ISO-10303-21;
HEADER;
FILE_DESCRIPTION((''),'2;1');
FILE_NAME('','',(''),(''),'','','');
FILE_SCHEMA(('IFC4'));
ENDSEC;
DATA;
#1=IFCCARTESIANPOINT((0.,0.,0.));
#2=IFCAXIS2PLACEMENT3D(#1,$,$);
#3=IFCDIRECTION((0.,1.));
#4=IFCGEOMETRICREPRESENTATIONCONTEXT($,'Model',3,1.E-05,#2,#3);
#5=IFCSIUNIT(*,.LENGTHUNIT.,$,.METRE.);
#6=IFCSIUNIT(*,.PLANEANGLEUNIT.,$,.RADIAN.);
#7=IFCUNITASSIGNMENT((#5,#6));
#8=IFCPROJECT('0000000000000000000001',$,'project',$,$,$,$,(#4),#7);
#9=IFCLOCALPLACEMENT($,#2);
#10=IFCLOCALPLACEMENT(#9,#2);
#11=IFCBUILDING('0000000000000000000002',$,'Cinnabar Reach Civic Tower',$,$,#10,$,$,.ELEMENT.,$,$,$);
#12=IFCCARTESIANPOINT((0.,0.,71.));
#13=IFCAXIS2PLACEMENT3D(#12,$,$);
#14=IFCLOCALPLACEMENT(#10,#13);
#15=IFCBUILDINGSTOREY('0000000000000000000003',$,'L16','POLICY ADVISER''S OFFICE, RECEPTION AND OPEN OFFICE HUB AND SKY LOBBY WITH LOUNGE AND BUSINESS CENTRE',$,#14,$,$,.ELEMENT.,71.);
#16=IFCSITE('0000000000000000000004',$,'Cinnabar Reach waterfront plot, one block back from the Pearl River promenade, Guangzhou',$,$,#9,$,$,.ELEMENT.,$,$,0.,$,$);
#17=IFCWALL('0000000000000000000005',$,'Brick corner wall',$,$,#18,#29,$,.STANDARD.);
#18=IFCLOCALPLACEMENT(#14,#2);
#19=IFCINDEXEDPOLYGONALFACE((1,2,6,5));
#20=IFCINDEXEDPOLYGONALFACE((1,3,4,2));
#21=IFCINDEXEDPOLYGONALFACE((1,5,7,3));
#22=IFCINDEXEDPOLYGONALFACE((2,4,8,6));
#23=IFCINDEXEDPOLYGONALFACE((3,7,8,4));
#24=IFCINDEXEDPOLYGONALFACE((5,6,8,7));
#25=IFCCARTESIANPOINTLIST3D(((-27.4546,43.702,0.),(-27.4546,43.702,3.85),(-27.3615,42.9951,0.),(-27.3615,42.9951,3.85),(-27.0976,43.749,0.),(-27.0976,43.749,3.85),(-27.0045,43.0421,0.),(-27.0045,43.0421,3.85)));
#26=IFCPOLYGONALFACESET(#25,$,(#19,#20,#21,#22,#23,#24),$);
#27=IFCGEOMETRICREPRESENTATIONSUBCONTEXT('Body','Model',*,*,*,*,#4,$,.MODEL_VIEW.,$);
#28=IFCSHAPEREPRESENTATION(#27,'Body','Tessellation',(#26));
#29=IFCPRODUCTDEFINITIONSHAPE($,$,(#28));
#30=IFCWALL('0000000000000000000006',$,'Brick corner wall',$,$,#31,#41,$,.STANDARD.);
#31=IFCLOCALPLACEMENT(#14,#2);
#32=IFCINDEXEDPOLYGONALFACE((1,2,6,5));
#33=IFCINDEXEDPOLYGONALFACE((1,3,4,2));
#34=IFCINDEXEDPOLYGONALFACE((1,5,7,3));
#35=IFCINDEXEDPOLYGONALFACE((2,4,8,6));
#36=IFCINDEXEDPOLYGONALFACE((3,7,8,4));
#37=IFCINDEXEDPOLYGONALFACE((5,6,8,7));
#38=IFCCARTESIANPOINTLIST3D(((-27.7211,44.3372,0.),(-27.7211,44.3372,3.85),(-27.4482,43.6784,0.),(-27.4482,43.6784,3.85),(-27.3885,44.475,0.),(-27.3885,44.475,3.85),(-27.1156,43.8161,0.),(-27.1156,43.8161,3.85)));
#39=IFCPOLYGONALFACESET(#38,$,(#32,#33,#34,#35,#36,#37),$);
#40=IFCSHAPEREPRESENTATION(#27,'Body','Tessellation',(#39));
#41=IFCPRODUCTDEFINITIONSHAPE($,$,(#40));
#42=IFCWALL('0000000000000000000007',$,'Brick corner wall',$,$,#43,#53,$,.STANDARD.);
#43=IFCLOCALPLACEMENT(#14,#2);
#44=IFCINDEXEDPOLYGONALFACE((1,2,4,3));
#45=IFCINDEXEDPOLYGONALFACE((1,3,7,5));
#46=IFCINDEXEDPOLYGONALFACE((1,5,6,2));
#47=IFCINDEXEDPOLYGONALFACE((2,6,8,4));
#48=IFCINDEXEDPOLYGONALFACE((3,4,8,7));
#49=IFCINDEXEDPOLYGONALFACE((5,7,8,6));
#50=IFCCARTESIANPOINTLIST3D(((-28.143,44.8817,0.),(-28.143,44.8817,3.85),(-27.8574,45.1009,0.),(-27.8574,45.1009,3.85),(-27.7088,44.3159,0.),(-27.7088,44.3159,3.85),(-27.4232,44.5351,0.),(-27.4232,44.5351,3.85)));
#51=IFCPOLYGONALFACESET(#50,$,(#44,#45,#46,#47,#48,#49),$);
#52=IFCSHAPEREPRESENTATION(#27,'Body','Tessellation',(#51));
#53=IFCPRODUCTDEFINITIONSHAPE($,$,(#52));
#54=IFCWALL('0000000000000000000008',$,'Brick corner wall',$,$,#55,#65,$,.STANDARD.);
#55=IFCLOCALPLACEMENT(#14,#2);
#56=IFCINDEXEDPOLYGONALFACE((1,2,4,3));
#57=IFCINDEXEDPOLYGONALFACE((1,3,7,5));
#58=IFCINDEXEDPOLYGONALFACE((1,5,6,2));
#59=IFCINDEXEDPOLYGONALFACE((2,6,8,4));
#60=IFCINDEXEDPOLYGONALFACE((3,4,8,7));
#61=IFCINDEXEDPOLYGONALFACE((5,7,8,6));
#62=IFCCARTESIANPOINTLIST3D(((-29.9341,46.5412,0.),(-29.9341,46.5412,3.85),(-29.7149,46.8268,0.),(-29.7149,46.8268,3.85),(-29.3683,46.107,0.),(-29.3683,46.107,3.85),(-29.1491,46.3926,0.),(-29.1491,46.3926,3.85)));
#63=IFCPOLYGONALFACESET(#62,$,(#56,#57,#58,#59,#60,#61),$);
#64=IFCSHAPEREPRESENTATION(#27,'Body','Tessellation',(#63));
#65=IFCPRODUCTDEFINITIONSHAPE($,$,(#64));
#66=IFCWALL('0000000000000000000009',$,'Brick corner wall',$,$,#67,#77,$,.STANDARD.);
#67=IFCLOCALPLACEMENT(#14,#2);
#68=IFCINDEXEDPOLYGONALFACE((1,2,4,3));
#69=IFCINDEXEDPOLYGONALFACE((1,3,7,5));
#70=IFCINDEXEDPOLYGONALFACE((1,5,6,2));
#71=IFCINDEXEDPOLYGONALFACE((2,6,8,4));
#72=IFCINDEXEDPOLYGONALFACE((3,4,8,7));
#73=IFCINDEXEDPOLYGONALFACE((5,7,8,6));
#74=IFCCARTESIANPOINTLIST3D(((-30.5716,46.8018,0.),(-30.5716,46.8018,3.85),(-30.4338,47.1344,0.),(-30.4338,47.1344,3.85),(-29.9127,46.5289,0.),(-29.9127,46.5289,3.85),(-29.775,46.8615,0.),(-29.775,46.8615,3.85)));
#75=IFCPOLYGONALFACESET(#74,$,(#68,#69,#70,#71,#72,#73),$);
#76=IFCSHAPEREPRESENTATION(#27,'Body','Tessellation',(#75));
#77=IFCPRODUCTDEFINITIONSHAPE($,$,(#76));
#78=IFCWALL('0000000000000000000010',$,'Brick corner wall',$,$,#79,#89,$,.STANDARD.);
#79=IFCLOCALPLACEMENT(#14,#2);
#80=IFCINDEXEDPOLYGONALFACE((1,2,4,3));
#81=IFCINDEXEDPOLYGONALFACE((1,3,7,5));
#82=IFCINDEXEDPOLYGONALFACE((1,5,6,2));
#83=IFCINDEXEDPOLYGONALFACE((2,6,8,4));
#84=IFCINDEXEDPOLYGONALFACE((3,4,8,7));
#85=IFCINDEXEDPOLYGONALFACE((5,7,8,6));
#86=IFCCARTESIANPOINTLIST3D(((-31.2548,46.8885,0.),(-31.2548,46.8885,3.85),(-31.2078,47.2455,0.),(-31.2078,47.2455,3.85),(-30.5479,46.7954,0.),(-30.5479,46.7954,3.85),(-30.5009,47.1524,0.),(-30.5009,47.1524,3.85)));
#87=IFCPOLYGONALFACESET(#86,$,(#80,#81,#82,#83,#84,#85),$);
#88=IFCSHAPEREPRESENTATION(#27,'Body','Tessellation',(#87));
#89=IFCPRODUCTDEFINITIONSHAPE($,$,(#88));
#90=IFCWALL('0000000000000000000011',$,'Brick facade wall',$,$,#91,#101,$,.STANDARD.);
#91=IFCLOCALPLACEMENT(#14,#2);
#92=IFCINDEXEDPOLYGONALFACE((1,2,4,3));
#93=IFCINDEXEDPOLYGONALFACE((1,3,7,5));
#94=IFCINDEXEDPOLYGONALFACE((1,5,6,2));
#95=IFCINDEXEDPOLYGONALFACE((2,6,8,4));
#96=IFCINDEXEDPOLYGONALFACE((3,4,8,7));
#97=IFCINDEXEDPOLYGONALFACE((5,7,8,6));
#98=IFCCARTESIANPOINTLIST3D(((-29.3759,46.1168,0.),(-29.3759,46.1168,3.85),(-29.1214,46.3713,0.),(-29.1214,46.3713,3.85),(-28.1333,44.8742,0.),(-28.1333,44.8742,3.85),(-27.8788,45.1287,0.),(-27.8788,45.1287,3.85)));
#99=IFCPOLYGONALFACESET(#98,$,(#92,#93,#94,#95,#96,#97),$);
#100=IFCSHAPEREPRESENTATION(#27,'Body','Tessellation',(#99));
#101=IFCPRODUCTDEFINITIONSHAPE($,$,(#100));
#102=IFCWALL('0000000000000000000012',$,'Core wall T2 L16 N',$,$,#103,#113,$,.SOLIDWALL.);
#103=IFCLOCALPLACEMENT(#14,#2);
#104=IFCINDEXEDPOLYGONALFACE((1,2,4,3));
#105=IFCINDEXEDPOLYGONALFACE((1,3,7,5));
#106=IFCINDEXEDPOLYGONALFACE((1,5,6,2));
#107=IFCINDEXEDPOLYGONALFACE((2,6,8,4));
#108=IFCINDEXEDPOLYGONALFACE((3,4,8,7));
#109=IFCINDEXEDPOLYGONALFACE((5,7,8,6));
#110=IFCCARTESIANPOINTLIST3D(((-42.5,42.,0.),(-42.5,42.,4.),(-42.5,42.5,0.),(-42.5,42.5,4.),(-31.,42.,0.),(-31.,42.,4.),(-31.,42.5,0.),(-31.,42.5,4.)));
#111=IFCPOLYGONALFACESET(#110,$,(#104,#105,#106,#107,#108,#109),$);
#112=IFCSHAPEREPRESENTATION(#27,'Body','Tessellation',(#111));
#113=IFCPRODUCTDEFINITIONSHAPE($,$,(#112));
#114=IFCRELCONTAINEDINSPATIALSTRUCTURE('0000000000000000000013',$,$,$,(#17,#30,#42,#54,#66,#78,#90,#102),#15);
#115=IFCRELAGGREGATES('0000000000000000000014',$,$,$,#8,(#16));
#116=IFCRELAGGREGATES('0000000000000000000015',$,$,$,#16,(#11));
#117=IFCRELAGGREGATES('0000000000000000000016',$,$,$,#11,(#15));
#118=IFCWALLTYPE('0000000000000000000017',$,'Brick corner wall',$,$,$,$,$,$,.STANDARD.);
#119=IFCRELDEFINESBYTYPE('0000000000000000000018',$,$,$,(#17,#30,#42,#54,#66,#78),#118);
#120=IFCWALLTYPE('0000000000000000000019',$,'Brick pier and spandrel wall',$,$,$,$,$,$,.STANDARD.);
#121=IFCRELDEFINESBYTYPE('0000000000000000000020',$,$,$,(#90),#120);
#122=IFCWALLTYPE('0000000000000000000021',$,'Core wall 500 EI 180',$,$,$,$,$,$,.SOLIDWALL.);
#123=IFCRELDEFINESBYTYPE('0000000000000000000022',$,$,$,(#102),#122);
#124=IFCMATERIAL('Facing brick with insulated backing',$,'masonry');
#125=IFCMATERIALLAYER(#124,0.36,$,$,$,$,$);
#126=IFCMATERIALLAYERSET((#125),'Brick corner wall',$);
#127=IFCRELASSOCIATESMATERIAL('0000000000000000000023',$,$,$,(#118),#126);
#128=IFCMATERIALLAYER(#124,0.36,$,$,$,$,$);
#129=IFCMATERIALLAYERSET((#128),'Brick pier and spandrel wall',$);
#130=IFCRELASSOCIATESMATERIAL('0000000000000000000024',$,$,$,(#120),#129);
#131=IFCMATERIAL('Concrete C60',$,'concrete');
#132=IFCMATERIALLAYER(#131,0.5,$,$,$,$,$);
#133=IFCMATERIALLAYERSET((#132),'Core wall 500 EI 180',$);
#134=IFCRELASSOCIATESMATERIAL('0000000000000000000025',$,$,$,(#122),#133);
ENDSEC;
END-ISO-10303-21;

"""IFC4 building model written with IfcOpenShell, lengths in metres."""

from ifc_helpers import new_model, si_unit, direction, frame, frame_2d, origin, place, context, subcontext, project, spatial, rectangle, extrude, material, layer, layer_set, type_object, element, save


model = new_model("IFC4")

# Units and contexts
model_context = context("Model", 3, precision=1e-05, world=origin(), true_north=direction((0.0, 1.0)))
body_context = subcontext(model_context, "Body", "Model", "MODEL_VIEW")
ifc_project = project(units=[si_unit("LENGTHUNIT", "METRE"), si_unit("PLANEANGLEUNIT", "RADIAN")], contexts=[model_context])

# Site, building, storey
site_placement = place(None, origin())
site = spatial("IfcSite", under=ifc_project, at=site_placement, Name="Cinnabar Reach waterfront plot, one block back from the Pearl River promenade, Guangzhou", CompositionType="ELEMENT", RefElevation=0.0)
building_placement = place(site_placement, origin())
building = spatial("IfcBuilding", under=site, at=building_placement, Name="Cinnabar Reach Civic Tower", CompositionType="ELEMENT")
storey_placement = place(building_placement, frame((0.0, 0.0, 71.0)))
storey = spatial("IfcBuildingStorey", under=building, at=storey_placement, Name="L16", Description="POLICY ADVISER'S OFFICE, RECEPTION AND OPEN OFFICE HUB AND SKY LOBBY WITH LOUNGE AND BUSINESS CENTRE", CompositionType="ELEMENT", Elevation=71.0)

# Shared definitions
ifc_material_1 = material(Name="Concrete C60", Category="concrete")

# Walls
ifc_material_2 = material(Name="Facing brick with insulated backing", Category="masonry")
ifc_layer_1 = layer(ifc_material_2, 0.36)
ifc_layer_set_1 = layer_set([ifc_layer_1], Name="Brick corner wall")
wall_type_1 = type_object("IfcWallType", Name="Brick corner wall", PredefinedType="STANDARD", material=ifc_layer_set_1)
for number, where, z_axis, x_axis, name in (
    (1, (-27.183, 43.0186, 0.0), (0.0, 0.0, 1.0), (-0.130556, 0.991441, 0.0), "Brick corner wall"),
    (2, (-27.2819, 43.7473, 0.0), (0.0, 0.0, 1.0), (-0.382703, 0.923872, 0.0), "Brick corner wall"),
):
    element("IfcWall", number, at=place(storey_placement, frame(where, z_axis=z_axis, x_axis=x_axis)), inside=storey, type_object=wall_type_1, Name=name, PredefinedType="STANDARD", context=body_context, shape_type="SweptSolid", body=[
        extrude(rectangle(XDim=0.7131, YDim=0.36, at=frame_2d((0.3565, 0.0))), origin(), (0.0, 0.0, 1.0), 3.85),
    ])
for number, where, z_axis, x_axis, name in (
    (3, (-27.566, 44.4255, 0.0), (0.0, 0.0, 1.0), (-0.608802, 0.793322, 0.0), "Brick corner wall"),
    (4, (-29.2587, 46.2498, 0.0), (0.0, 0.0, 1.0), (-0.793322, 0.608802, 0.0), "Brick corner wall"),
):
    element("IfcWall", number, at=place(storey_placement, frame(where, z_axis=z_axis, x_axis=x_axis)), inside=storey, type_object=wall_type_1, Name=name, PredefinedType="STANDARD", context=body_context, shape_type="SweptSolid", body=[
        extrude(rectangle(XDim=0.7132, YDim=0.36, at=frame_2d((0.3566, 0.0))), origin(), (0.0, 0.0, 1.0), 3.85),
    ])
for number, where, z_axis, x_axis, name in (
    (5, (-29.8439, 46.6952, 0.0), (0.0, 0.0, 1.0), (-0.923872, 0.382703, 0.0), "Brick corner wall"),
    (6, (-30.5244, 46.9739, 0.0), (0.0, 0.0, 1.0), (-0.991441, 0.130556, 0.0), "Brick corner wall"),
):
    element("IfcWall", number, at=place(storey_placement, frame(where, z_axis=z_axis, x_axis=x_axis)), inside=storey, type_object=wall_type_1, Name=name, PredefinedType="STANDARD", context=body_context, shape_type="SweptSolid", body=[
        extrude(rectangle(XDim=0.7131, YDim=0.36, at=frame_2d((0.3565, 0.0))), origin(), (0.0, 0.0, 1.0), 3.85),
    ])
ifc_layer_2 = layer(ifc_material_2, 0.36)
ifc_layer_set_2 = layer_set([ifc_layer_2], Name="Brick pier and spandrel wall")
wall_type_2 = type_object("IfcWallType", Name="Brick pier and spandrel wall", PredefinedType="STANDARD", material=ifc_layer_set_2)
wall_1_placement = place(storey_placement, frame((-28.006, 45.0014, 0.0), z_axis=(0.0, 0.0, 1.0), x_axis=(-0.707107, 0.707107, 0.0)))
element("IfcWall", 7, at=wall_1_placement, inside=storey, type_object=wall_type_2, Name="Brick facade wall", PredefinedType="STANDARD", context=body_context, shape_type="SweptSolid", body=[
    extrude(rectangle(XDim=1.7573, YDim=0.36, at=frame_2d((0.8787, 0.0))), origin(), (0.0, 0.0, 1.0), 3.85),
])
ifc_layer_3 = layer(ifc_material_1, 0.5)
ifc_layer_set_3 = layer_set([ifc_layer_3], Name="Core wall 500 EI 180")
wall_type_3 = type_object("IfcWallType", Name="Core wall 500 EI 180", PredefinedType="SOLIDWALL", material=ifc_layer_set_3)
wall_2_placement = place(storey_placement, frame((-31.0, 42.25, 0.0), z_axis=(0.0, 0.0, 1.0), x_axis=(-1.0, 0.0, 0.0)))
element("IfcWall", 8, at=wall_2_placement, inside=storey, type_object=wall_type_3, Name="Core wall T2 L16 N", PredefinedType="SOLIDWALL", context=body_context, shape_type="SweptSolid", body=[
    extrude(rectangle(XDim=11.5, YDim=0.5, at=frame_2d((5.75, 0.0))), origin(), (0.0, 0.0, 1.0), 4.0),
])

save(model, "model.ifc")
